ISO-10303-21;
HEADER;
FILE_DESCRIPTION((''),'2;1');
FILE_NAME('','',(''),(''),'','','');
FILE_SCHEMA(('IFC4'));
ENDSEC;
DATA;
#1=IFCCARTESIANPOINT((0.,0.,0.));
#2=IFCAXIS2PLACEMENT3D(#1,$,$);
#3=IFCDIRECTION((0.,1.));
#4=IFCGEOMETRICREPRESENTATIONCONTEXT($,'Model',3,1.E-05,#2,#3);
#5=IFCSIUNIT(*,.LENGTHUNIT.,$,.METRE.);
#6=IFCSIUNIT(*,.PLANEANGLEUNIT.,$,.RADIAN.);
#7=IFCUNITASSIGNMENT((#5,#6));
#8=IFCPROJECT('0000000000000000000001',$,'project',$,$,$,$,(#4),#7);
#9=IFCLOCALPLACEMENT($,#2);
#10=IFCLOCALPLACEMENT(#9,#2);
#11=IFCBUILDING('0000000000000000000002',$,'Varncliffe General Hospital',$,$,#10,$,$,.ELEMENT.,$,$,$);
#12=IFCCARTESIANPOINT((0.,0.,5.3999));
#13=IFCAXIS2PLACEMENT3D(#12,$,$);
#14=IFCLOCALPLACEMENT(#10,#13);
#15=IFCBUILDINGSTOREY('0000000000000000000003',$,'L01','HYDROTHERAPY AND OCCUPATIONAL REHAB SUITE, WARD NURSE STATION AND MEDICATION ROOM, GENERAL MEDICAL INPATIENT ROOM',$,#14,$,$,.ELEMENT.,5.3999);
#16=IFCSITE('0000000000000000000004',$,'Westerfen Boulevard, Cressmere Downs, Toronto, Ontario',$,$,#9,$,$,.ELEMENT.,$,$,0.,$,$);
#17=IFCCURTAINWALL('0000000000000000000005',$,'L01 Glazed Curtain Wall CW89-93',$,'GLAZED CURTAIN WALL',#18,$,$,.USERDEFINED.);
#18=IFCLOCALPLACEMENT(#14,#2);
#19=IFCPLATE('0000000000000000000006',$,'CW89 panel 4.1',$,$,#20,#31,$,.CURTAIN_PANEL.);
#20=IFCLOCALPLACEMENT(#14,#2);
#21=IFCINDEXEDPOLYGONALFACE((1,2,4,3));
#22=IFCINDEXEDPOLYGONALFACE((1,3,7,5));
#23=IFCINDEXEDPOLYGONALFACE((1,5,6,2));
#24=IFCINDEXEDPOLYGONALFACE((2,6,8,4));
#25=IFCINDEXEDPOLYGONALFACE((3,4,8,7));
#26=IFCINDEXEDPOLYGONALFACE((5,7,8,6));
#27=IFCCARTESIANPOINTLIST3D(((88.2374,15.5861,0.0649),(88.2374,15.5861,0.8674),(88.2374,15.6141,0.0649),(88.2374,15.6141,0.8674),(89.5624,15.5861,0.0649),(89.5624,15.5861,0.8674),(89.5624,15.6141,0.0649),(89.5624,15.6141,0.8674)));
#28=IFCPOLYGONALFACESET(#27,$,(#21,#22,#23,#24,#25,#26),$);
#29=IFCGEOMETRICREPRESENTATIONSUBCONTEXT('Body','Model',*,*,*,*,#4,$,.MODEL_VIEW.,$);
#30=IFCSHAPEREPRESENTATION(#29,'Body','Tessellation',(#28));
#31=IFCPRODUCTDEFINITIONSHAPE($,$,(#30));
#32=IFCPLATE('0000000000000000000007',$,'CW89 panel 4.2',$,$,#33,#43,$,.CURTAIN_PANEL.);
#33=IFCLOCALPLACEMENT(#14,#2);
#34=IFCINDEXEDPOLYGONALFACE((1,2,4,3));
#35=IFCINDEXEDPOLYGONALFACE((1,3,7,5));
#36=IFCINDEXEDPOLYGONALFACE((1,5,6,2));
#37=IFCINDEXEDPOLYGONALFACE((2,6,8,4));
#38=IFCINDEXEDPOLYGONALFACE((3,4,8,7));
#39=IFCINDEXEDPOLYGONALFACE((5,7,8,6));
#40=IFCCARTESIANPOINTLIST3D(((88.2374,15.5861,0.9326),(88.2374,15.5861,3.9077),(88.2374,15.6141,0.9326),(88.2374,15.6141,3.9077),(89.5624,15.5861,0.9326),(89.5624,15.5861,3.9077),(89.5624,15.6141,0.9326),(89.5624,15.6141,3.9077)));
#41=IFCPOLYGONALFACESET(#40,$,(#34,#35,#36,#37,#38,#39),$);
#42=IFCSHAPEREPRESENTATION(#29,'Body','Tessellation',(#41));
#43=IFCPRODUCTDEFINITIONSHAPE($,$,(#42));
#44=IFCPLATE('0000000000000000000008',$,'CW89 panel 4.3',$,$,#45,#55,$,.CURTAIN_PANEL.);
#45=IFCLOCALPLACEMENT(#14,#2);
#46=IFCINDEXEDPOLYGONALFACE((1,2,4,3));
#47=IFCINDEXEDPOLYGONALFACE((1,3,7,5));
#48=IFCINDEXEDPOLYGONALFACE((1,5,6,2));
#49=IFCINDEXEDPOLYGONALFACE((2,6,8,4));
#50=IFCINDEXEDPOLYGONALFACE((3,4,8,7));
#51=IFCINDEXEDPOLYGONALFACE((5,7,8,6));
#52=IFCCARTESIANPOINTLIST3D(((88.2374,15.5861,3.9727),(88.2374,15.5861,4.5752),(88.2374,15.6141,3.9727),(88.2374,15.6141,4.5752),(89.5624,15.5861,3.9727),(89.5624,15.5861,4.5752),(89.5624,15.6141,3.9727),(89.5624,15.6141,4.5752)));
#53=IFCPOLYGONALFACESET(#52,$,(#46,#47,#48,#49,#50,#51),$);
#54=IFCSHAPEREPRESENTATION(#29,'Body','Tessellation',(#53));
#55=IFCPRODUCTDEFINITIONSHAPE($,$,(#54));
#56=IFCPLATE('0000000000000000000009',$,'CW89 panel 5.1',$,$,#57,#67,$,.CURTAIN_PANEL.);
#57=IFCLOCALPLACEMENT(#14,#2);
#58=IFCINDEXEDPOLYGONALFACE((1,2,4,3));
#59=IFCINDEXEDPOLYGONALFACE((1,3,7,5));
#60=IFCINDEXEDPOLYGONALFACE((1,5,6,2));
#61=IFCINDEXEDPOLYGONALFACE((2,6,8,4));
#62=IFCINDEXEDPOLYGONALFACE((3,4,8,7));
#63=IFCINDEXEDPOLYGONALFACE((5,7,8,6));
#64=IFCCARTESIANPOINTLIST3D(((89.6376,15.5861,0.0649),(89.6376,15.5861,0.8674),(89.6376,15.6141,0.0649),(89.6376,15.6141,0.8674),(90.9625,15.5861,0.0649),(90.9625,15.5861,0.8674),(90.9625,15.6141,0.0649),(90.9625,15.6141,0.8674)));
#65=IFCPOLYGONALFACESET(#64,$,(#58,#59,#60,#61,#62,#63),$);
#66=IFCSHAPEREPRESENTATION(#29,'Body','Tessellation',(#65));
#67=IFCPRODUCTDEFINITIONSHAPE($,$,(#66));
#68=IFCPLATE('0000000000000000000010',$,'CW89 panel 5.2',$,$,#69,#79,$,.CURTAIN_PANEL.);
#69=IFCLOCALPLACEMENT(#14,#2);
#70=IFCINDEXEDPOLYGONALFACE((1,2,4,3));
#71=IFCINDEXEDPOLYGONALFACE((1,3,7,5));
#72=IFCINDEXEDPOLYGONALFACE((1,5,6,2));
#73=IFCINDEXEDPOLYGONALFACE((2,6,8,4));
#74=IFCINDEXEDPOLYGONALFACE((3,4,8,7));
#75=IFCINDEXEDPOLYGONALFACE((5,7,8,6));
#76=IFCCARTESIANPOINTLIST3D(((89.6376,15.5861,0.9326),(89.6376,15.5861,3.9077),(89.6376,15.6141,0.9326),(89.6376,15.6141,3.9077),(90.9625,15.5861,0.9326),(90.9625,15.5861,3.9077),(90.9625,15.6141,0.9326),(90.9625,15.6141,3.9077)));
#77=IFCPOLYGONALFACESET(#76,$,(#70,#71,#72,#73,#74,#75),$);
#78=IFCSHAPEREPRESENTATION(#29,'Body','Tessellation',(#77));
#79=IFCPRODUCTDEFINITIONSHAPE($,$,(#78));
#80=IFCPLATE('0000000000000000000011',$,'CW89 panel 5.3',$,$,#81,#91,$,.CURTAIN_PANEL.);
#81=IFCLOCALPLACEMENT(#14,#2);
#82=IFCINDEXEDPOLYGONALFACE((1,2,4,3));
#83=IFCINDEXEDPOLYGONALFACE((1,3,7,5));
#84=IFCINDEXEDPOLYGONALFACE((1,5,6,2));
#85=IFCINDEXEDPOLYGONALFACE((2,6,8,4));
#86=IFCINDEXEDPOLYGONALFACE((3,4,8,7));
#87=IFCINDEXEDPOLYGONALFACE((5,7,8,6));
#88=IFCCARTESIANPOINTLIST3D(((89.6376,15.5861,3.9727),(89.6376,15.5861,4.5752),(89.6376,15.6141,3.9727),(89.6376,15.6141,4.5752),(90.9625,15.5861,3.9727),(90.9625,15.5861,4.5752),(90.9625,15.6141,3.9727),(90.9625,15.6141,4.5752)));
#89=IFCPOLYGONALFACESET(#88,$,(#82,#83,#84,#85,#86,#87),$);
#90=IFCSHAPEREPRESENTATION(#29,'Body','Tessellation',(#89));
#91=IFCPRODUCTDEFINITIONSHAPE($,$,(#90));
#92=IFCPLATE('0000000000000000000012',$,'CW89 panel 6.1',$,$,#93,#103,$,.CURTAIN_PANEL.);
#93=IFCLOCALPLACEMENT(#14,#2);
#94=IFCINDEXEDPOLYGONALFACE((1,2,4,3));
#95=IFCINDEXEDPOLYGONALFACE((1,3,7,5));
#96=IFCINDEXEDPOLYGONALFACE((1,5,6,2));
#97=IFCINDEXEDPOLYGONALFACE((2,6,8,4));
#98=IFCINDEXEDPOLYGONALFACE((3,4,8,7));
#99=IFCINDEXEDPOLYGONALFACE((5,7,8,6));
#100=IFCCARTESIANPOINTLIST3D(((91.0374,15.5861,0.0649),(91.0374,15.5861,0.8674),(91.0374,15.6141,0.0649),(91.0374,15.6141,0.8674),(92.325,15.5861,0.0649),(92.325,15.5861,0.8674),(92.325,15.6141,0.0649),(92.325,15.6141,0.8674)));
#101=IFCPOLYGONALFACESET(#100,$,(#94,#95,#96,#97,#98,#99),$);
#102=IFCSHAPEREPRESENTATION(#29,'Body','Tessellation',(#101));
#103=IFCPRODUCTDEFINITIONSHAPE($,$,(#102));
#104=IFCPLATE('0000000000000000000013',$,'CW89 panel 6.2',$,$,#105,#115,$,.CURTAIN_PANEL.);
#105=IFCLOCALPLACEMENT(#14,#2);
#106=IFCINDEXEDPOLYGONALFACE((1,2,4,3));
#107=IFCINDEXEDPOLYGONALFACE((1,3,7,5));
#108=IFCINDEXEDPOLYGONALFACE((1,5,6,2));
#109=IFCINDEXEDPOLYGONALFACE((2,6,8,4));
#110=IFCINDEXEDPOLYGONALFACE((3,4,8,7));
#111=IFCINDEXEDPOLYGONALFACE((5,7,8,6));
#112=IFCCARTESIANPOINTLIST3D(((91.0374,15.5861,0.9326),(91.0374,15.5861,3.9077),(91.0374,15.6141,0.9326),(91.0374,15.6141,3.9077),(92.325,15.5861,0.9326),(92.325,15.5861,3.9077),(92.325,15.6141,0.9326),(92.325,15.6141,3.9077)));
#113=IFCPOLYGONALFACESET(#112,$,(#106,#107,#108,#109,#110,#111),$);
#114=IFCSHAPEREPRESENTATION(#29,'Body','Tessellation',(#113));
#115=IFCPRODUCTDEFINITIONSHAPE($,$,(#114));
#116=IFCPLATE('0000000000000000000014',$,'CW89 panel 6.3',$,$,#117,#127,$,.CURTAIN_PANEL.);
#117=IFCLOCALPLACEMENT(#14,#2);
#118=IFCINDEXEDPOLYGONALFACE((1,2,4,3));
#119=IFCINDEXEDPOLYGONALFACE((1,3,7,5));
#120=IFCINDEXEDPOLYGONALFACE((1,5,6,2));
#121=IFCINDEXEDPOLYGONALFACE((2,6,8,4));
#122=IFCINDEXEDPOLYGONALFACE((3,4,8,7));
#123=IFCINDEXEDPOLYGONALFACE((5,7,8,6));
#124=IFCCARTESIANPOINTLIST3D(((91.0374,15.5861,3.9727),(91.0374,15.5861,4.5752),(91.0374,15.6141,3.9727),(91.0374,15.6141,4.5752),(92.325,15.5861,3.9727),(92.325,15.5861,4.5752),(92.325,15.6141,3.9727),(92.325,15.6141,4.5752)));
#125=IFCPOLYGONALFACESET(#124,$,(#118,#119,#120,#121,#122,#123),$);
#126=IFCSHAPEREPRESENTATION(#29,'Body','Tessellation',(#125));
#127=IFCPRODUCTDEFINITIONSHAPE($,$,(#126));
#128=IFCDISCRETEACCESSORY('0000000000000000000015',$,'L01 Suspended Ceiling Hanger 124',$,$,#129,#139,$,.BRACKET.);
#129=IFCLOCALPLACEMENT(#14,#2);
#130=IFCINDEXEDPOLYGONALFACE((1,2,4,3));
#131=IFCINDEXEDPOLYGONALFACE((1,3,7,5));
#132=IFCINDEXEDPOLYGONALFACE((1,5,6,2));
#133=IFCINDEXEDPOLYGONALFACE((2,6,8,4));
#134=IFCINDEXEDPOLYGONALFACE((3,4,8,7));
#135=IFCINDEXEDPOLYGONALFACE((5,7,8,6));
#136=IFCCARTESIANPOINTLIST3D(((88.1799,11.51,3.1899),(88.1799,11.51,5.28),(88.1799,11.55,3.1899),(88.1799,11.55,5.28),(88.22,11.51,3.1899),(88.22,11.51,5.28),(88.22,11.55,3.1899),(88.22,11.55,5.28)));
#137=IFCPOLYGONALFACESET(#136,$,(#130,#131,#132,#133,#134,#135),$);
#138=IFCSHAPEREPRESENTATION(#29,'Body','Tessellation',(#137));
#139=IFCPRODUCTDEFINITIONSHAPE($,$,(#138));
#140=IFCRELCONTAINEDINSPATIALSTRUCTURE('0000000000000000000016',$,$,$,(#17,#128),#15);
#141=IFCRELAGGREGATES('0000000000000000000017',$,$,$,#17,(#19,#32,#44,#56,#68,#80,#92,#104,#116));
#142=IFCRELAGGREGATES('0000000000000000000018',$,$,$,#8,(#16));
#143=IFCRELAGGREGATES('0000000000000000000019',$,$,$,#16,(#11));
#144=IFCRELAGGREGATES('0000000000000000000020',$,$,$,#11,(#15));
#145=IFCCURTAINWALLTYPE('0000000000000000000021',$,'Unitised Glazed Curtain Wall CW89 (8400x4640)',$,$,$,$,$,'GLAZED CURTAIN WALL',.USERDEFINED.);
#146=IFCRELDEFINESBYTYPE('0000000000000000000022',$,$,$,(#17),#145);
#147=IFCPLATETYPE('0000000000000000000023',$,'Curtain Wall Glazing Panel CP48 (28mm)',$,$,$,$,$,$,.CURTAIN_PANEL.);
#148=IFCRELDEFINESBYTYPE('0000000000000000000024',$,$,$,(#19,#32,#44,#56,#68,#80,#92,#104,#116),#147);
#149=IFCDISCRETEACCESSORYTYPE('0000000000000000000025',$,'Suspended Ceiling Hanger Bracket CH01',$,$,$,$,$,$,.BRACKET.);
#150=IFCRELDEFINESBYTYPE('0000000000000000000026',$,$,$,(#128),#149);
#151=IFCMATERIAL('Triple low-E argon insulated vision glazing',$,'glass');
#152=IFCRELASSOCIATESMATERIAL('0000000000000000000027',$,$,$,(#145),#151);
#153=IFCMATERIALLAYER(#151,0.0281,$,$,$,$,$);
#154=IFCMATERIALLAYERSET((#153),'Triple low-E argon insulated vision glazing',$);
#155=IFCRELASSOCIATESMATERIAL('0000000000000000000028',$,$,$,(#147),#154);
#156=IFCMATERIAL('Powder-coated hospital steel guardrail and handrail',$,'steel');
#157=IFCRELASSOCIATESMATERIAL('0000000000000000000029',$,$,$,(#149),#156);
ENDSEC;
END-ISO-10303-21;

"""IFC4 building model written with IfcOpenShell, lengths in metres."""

from ifc_helpers import new_model, si_unit, direction, frame, origin, origin_2d, place, context, subcontext, project, spatial, rectangle, extrude, material, layer, layer_set, type_object, element, aggregate, save


model = new_model("IFC4")

# Units and contexts
model_context = context("Model", 3, precision=1e-05, world=origin(), true_north=direction((0.0, 1.0)))
body_context = subcontext(model_context, "Body", "Model", "MODEL_VIEW")
ifc_project = project(units=[si_unit("LENGTHUNIT", "METRE"), si_unit("PLANEANGLEUNIT", "RADIAN")], contexts=[model_context])

# Site, building, storey
site_placement = place(None, origin())
site = spatial("IfcSite", under=ifc_project, at=site_placement, Name="Westerfen Boulevard, Cressmere Downs, Toronto, Ontario", CompositionType="ELEMENT", RefElevation=0.0)
building_placement = place(site_placement, origin())
building = spatial("IfcBuilding", under=site, at=building_placement, Name="Varncliffe General Hospital", CompositionType="ELEMENT")
storey_placement = place(building_placement, frame((0.0, 0.0, 5.3999)))
storey = spatial("IfcBuildingStorey", under=building, at=storey_placement, Name="L01", Description="HYDROTHERAPY AND OCCUPATIONAL REHAB SUITE, WARD NURSE STATION AND MEDICATION ROOM, GENERAL MEDICAL INPATIENT ROOM", CompositionType="ELEMENT", Elevation=5.3999)

# Curtain wall, plates
ifc_material_1 = material(Name="Triple low-E argon insulated vision glazing", Category="glass")
curtain_wall_type = type_object("IfcCurtainWallType", Name="Unitised Glazed Curtain Wall CW89 (8400x4640)", ElementType="GLAZED CURTAIN WALL", PredefinedType="USERDEFINED", material=ifc_material_1)
curtain_wall_placement = place(storey_placement, origin())
curtain_wall = element("IfcCurtainWall", 1, at=curtain_wall_placement, inside=storey, type_object=curtain_wall_type, Name="L01 Glazed Curtain Wall CW89-93", ObjectType="GLAZED CURTAIN WALL", PredefinedType="USERDEFINED")
ifc_layer = layer(ifc_material_1, 0.0281)
ifc_layer_set = layer_set([ifc_layer], Name="Triple low-E argon insulated vision glazing")
plate_type = type_object("IfcPlateType", Name="Curtain Wall Glazing Panel CP48 (28mm)", PredefinedType="CURTAIN_PANEL", material=ifc_layer_set)
plate_1_placement = place(storey_placement, frame((88.8999, 15.6001, 0.0649), z_axis=(0.0, 0.0, 1.0), x_axis=(1.0, 0.0, 0.0)))
plate_1 = element("IfcPlate", 2, at=plate_1_placement, type_object=plate_type, Name="CW89 panel 4.1", PredefinedType="CURTAIN_PANEL", context=body_context, shape_type="SweptSolid", body=[
    extrude(rectangle(XDim=1.325, YDim=0.0281, at=origin_2d()), origin(), (0.0, 0.0, 1.0), 0.8025),
])
plate_2_placement = place(storey_placement, frame((88.8999, 15.6001, 0.9326), z_axis=(0.0, 0.0, 1.0), x_axis=(1.0, 0.0, 0.0)))
plate_2 = element("IfcPlate", 3, at=plate_2_placement, type_object=plate_type, Name="CW89 panel 4.2", PredefinedType="CURTAIN_PANEL", context=body_context, shape_type="SweptSolid", body=[
    extrude(rectangle(XDim=1.325, YDim=0.0281, at=origin_2d()), origin(), (0.0, 0.0, 1.0), 2.9751),
])
plate_3_placement = place(storey_placement, frame((88.8999, 15.6001, 3.9727), z_axis=(0.0, 0.0, 1.0), x_axis=(1.0, 0.0, 0.0)))
plate_3 = element("IfcPlate", 4, at=plate_3_placement, type_object=plate_type, Name="CW89 panel 4.3", PredefinedType="CURTAIN_PANEL", context=body_context, shape_type="SweptSolid", body=[
    extrude(rectangle(XDim=1.325, YDim=0.0281, at=origin_2d()), origin(), (0.0, 0.0, 1.0), 0.6025),
])
plate_4_placement = place(storey_placement, frame((90.3, 15.6001, 0.0649), z_axis=(0.0, 0.0, 1.0), x_axis=(1.0, 0.0, 0.0)))
plate_4 = element("IfcPlate", 5, at=plate_4_placement, type_object=plate_type, Name="CW89 panel 5.1", PredefinedType="CURTAIN_PANEL", context=body_context, shape_type="SweptSolid", body=[
    extrude(rectangle(XDim=1.325, YDim=0.0281, at=origin_2d()), origin(), (0.0, 0.0, 1.0), 0.8025),
])
plate_5_placement = place(storey_placement, frame((90.3, 15.6001, 0.9326), z_axis=(0.0, 0.0, 1.0), x_axis=(1.0, 0.0, 0.0)))
plate_5 = element("IfcPlate", 6, at=plate_5_placement, type_object=plate_type, Name="CW89 panel 5.2", PredefinedType="CURTAIN_PANEL", context=body_context, shape_type="SweptSolid", body=[
    extrude(rectangle(XDim=1.325, YDim=0.0281, at=origin_2d()), origin(), (0.0, 0.0, 1.0), 2.9751),
])
plate_6_placement = place(storey_placement, frame((90.3, 15.6001, 3.9727), z_axis=(0.0, 0.0, 1.0), x_axis=(1.0, 0.0, 0.0)))
plate_6 = element("IfcPlate", 7, at=plate_6_placement, type_object=plate_type, Name="CW89 panel 5.3", PredefinedType="CURTAIN_PANEL", context=body_context, shape_type="SweptSolid", body=[
    extrude(rectangle(XDim=1.325, YDim=0.0281, at=origin_2d()), origin(), (0.0, 0.0, 1.0), 0.6025),
])
plate_7_placement = place(storey_placement, frame((91.6812, 15.6001, 0.0649), z_axis=(0.0, 0.0, 1.0), x_axis=(1.0, 0.0, 0.0)))
plate_7 = element("IfcPlate", 8, at=plate_7_placement, type_object=plate_type, Name="CW89 panel 6.1", PredefinedType="CURTAIN_PANEL", context=body_context, shape_type="SweptSolid", body=[
    extrude(rectangle(XDim=1.2876, YDim=0.0281, at=origin_2d()), origin(), (0.0, 0.0, 1.0), 0.8025),
])
plate_8_placement = place(storey_placement, frame((91.6812, 15.6001, 0.9326), z_axis=(0.0, 0.0, 1.0), x_axis=(1.0, 0.0, 0.0)))
plate_8 = element("IfcPlate", 9, at=plate_8_placement, type_object=plate_type, Name="CW89 panel 6.2", PredefinedType="CURTAIN_PANEL", context=body_context, shape_type="SweptSolid", body=[
    extrude(rectangle(XDim=1.2876, YDim=0.0281, at=origin_2d()), origin(), (0.0, 0.0, 1.0), 2.9751),
])
plate_9_placement = place(storey_placement, frame((91.6812, 15.6001, 3.9727), z_axis=(0.0, 0.0, 1.0), x_axis=(1.0, 0.0, 0.0)))
plate_9 = element("IfcPlate", 10, at=plate_9_placement, type_object=plate_type, Name="CW89 panel 6.3", PredefinedType="CURTAIN_PANEL", context=body_context, shape_type="SweptSolid", body=[
    extrude(rectangle(XDim=1.2876, YDim=0.0281, at=origin_2d()), origin(), (0.0, 0.0, 1.0), 0.6025),
])
aggregate(curtain_wall, [plate_1, plate_2, plate_3, plate_4, plate_5, plate_6, plate_7, plate_8, plate_9])

# Discrete accessory
ifc_material_2 = material(Name="Powder-coated hospital steel guardrail and handrail", Category="steel")
discrete_accessory_type = type_object("IfcDiscreteAccessoryType", Name="Suspended Ceiling Hanger Bracket CH01", PredefinedType="BRACKET", material=ifc_material_2)
discrete_accessory_placement = place(storey_placement, frame((88.2, 11.53, 3.1899), z_axis=(0.0, 0.0, 1.0), x_axis=(1.0, 0.0, 0.0)))
element("IfcDiscreteAccessory", 11, at=discrete_accessory_placement, inside=storey, type_object=discrete_accessory_type, Name="L01 Suspended Ceiling Hanger 124", PredefinedType="BRACKET", context=body_context, shape_type="SweptSolid", body=[
    extrude(rectangle(XDim=0.04, YDim=0.04, at=origin_2d()), origin(), (0.0, 0.0, 1.0), 2.0901),
])

save(model, "model.ifc")
